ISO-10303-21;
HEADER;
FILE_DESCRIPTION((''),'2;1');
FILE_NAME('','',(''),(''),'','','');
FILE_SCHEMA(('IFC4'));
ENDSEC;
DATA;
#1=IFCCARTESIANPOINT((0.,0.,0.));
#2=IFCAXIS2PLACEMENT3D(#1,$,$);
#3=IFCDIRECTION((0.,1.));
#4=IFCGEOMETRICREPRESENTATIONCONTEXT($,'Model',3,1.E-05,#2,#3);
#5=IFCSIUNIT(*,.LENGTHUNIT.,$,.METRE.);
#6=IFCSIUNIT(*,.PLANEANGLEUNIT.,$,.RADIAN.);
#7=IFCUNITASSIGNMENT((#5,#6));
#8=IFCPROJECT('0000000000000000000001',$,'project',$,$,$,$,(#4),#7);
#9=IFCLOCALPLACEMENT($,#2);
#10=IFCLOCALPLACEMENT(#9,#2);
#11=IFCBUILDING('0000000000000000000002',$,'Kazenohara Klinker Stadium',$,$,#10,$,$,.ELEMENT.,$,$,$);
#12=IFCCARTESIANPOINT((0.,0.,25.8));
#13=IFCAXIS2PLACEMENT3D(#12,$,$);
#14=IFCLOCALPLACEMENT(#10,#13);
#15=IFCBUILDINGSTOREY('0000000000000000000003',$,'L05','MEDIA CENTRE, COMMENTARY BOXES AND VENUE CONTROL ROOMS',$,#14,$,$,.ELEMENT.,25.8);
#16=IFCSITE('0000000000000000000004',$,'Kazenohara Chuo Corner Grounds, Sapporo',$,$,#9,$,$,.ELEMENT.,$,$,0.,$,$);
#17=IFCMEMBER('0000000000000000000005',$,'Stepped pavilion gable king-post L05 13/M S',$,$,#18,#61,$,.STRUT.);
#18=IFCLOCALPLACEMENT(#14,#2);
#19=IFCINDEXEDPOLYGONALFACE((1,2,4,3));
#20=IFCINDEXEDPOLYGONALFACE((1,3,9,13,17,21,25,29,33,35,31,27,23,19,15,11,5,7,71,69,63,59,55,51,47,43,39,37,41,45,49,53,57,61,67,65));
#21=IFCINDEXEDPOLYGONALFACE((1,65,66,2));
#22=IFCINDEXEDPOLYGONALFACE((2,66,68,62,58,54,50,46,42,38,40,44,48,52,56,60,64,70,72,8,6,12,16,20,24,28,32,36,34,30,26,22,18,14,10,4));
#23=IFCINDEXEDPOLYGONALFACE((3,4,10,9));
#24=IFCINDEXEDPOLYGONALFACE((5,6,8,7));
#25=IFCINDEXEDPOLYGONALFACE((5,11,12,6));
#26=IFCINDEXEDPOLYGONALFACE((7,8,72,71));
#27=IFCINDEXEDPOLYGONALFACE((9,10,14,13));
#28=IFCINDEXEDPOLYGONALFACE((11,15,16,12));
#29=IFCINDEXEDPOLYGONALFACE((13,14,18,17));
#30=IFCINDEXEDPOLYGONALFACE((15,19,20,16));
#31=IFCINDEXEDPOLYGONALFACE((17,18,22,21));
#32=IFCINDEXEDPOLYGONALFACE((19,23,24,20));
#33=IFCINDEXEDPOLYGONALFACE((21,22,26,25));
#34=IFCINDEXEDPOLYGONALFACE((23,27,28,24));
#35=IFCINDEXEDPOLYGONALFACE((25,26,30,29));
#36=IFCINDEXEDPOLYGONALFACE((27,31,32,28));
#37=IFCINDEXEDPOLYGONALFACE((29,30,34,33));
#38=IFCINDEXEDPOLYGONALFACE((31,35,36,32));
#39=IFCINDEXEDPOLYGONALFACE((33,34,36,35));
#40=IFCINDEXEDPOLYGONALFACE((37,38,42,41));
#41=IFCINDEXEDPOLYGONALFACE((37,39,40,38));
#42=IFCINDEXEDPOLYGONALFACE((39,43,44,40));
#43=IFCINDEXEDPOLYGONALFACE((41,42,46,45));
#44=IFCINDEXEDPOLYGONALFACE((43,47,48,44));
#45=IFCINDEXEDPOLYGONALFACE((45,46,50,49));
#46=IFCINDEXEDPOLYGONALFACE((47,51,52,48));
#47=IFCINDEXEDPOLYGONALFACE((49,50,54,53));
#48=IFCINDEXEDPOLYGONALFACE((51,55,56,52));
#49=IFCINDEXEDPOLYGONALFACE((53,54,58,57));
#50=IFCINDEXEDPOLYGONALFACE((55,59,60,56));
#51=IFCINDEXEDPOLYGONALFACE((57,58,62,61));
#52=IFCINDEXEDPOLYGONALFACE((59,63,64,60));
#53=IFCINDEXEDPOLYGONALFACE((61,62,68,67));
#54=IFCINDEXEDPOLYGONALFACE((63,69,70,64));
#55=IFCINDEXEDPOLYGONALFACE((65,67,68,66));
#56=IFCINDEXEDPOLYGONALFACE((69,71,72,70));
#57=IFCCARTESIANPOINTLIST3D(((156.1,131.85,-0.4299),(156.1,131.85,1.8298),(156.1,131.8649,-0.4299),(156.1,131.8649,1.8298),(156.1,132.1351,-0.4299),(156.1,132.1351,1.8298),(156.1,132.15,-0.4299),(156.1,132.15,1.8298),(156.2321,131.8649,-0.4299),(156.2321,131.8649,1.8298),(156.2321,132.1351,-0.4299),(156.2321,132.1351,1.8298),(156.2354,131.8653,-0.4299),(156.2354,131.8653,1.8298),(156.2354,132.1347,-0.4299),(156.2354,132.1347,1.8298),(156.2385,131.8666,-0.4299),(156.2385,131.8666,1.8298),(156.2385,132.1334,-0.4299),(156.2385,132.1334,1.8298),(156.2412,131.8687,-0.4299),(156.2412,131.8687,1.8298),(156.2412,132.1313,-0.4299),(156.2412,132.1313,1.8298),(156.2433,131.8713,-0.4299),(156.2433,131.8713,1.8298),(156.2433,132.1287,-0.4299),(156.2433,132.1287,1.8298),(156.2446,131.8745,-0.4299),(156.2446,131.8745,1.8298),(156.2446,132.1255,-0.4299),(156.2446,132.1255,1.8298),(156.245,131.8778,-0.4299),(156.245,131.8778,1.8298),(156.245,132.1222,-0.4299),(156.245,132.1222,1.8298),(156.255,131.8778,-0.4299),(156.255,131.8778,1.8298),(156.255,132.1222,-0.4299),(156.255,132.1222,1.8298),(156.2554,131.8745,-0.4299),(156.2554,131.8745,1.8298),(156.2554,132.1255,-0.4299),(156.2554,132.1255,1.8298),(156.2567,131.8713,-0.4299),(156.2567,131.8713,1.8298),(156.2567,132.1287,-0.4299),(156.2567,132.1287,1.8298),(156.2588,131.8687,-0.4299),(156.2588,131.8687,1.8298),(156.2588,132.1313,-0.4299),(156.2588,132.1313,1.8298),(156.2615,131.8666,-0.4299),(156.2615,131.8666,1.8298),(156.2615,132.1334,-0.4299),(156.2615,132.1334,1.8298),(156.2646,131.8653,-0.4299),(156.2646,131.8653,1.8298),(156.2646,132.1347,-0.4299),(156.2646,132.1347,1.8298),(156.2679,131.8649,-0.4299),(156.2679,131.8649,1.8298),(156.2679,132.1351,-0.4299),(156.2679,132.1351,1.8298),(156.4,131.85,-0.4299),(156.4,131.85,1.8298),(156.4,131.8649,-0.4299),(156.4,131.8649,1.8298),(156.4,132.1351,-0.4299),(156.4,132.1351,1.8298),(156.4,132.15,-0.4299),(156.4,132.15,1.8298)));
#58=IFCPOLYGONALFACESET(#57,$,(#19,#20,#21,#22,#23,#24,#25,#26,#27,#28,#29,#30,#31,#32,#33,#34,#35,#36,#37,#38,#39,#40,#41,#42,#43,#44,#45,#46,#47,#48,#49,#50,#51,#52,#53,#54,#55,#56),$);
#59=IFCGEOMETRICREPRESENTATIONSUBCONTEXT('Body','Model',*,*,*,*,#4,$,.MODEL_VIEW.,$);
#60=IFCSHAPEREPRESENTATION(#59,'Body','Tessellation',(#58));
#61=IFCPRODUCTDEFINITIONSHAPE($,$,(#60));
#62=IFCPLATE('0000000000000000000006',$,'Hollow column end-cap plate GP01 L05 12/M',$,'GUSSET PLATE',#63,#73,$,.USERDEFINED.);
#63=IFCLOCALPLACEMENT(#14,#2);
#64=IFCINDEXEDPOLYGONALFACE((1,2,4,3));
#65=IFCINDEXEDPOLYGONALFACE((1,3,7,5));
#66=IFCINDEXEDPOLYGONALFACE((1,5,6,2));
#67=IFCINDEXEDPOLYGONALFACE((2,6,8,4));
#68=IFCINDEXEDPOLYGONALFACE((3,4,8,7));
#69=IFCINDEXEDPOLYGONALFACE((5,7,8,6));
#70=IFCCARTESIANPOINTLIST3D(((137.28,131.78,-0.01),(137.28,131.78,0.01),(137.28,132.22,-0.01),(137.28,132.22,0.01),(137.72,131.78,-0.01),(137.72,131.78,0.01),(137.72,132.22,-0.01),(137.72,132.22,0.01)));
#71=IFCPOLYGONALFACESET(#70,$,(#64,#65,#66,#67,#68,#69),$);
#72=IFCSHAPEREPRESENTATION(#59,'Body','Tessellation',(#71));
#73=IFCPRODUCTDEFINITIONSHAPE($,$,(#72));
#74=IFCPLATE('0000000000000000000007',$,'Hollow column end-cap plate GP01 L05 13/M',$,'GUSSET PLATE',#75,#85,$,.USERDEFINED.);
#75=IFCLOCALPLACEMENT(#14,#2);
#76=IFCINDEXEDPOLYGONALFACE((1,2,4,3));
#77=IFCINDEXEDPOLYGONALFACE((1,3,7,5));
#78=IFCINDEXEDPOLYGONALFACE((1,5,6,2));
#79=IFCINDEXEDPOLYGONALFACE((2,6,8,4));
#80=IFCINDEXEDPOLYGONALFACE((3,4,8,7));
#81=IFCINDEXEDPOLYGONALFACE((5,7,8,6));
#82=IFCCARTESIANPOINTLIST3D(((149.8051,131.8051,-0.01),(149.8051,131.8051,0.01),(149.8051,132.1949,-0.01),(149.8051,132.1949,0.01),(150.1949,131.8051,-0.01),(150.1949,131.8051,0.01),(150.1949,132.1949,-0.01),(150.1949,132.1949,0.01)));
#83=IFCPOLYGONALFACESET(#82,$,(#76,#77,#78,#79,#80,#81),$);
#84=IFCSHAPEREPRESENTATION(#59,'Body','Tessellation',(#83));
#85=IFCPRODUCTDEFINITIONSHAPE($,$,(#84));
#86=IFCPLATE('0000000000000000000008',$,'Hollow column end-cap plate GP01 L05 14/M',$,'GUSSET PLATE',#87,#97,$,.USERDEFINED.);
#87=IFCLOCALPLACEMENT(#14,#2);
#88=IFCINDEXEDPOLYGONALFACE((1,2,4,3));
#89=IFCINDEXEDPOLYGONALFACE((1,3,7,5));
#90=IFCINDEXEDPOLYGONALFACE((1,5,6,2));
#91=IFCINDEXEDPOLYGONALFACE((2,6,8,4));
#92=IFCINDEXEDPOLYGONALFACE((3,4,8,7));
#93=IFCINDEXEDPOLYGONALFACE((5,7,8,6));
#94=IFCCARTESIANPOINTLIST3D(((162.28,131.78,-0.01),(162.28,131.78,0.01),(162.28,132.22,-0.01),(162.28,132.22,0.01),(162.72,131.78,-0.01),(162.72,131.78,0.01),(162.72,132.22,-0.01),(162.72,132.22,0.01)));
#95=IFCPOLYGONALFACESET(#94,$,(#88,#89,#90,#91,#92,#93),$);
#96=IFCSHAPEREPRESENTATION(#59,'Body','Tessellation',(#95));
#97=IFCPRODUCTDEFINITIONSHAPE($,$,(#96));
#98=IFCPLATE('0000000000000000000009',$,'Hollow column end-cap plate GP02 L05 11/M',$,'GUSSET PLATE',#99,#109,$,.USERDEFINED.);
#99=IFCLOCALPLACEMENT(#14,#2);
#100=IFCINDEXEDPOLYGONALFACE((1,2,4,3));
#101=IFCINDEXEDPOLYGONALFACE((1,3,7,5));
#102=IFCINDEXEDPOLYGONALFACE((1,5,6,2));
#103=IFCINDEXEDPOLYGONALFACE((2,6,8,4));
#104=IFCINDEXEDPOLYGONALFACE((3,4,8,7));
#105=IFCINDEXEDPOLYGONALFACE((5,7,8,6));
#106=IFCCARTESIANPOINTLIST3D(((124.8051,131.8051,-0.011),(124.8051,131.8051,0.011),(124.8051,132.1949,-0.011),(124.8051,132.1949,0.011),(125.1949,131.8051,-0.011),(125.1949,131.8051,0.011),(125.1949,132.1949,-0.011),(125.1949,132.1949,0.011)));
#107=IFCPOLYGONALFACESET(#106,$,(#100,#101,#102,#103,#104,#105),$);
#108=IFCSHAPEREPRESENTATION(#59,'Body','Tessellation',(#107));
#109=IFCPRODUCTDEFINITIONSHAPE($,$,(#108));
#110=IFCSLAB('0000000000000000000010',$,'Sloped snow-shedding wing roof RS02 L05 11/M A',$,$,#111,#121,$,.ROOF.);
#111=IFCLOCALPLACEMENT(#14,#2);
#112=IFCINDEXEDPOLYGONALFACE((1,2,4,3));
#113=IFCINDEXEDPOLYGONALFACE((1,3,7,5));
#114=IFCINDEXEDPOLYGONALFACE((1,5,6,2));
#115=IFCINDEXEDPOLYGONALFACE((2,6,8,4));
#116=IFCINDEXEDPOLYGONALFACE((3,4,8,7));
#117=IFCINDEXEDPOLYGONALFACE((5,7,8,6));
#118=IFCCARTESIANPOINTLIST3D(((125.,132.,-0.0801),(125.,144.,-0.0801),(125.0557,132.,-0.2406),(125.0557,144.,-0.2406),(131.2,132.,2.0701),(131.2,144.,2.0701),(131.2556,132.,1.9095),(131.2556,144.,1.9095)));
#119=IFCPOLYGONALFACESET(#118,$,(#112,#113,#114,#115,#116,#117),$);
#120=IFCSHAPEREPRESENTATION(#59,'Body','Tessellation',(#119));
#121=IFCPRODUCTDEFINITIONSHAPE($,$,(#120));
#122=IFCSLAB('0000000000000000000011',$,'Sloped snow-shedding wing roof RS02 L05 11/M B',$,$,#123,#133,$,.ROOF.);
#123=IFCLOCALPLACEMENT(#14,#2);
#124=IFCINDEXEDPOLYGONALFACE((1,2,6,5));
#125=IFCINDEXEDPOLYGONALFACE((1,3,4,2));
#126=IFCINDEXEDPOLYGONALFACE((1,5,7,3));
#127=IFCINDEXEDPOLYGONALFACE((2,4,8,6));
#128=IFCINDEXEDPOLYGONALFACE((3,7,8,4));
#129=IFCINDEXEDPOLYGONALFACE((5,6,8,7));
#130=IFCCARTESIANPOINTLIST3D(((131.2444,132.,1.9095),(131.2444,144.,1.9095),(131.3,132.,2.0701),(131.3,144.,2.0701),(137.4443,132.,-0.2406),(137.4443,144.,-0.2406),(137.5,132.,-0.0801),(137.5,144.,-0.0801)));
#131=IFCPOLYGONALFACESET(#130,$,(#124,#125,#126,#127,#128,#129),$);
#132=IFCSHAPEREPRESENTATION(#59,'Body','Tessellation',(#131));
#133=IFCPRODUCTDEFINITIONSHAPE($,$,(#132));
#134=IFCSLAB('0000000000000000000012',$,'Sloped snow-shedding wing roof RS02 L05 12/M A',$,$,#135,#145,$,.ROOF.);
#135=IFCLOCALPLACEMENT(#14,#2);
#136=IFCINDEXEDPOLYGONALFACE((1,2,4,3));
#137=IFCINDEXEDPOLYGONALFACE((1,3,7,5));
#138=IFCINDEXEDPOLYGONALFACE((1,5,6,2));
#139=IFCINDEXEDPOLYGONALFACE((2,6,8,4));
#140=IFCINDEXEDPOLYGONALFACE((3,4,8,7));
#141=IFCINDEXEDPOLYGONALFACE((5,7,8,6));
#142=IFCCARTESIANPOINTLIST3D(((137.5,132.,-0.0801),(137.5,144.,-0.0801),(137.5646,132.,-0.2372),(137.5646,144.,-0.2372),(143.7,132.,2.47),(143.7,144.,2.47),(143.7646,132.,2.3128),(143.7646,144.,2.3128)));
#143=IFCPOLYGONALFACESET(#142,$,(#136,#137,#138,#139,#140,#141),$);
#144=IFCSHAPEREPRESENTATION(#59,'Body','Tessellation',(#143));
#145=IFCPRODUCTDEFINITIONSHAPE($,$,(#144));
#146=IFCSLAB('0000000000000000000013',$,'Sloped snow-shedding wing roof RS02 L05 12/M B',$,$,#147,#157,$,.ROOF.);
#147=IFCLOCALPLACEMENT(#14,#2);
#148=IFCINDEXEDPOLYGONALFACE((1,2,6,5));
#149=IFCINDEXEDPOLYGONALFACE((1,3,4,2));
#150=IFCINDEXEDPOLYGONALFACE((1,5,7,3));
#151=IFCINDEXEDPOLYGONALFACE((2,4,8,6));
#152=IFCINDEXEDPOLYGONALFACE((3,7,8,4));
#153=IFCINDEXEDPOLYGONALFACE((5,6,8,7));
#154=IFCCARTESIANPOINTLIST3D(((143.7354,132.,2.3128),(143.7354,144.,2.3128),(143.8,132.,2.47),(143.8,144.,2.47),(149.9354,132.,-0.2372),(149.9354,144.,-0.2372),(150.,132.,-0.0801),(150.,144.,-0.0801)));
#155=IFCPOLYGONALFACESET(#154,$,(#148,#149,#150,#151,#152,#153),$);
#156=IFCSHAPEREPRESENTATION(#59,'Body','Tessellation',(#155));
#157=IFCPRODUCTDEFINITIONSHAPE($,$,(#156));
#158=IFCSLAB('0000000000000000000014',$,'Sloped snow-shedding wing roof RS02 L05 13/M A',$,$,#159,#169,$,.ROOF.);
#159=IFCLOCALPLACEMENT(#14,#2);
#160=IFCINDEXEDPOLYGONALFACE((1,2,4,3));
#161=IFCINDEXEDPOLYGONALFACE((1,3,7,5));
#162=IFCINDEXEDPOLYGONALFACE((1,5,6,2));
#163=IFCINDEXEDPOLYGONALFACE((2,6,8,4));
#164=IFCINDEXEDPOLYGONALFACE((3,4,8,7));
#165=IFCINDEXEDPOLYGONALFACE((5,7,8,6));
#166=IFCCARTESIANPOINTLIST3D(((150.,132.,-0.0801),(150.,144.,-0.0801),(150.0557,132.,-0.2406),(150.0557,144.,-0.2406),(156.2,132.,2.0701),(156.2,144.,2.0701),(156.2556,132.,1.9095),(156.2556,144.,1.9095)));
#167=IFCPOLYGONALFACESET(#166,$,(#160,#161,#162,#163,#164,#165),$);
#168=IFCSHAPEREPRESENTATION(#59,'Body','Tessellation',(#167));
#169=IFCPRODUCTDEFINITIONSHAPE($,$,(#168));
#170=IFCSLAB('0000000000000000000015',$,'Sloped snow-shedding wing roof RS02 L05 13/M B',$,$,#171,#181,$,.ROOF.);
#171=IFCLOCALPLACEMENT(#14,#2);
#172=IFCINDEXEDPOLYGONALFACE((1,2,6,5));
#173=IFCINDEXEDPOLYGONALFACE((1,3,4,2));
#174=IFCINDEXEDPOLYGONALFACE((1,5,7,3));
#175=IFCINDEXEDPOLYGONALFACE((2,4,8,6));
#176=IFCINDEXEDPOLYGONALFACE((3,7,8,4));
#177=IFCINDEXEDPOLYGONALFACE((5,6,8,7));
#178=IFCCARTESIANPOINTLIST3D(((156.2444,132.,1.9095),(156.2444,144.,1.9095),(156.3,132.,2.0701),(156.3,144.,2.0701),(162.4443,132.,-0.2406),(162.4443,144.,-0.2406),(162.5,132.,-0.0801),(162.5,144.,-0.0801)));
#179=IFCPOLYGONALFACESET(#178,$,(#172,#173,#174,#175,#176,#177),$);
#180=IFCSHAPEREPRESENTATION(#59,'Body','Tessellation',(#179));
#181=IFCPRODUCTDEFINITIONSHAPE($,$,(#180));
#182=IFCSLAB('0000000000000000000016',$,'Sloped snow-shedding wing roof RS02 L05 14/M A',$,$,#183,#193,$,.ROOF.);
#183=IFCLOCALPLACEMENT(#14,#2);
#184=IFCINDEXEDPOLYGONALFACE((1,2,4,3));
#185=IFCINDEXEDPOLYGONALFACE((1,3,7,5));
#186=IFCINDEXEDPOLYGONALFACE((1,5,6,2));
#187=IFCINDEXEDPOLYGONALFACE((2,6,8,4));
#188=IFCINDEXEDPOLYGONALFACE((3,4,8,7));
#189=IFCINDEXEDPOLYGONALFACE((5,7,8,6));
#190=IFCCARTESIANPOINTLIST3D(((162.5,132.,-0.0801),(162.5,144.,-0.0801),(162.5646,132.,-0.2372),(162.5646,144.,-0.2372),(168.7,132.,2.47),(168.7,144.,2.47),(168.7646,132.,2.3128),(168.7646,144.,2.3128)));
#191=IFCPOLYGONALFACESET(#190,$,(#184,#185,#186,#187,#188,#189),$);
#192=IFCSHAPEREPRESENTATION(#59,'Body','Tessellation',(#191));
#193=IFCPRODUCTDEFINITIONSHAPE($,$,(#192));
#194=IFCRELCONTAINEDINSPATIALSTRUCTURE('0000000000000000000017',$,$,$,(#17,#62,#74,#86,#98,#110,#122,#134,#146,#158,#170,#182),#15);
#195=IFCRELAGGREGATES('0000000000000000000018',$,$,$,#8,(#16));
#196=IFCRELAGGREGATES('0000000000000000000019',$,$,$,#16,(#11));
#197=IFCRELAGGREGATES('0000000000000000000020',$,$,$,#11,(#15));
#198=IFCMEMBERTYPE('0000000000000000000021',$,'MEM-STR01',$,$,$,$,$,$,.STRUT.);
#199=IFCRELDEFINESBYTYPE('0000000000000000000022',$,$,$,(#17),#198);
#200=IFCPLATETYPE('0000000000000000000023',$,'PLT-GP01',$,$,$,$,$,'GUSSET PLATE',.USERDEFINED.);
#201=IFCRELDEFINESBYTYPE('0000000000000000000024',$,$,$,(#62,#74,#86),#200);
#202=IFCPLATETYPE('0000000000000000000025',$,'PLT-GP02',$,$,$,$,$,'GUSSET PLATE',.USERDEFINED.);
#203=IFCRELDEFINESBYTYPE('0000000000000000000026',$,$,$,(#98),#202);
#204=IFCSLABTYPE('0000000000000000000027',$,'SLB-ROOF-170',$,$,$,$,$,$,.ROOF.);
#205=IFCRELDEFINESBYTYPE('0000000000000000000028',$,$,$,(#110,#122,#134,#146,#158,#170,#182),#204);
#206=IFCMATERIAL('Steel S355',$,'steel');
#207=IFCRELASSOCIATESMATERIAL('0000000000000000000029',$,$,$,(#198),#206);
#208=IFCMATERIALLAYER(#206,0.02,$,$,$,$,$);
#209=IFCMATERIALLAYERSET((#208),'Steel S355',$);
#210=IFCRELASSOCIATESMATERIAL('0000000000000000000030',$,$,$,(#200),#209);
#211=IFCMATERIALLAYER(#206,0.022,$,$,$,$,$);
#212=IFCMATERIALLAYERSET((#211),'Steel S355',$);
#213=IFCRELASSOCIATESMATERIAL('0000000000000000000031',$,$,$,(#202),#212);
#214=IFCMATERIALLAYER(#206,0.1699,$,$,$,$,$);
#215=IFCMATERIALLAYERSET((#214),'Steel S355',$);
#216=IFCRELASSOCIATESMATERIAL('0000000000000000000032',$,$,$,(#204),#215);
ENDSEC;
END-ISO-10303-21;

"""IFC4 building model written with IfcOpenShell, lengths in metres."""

from ifc_helpers import new_model, si_unit, direction, frame, origin, origin_2d, place, context, subcontext, project, spatial, polyline, rectangle, i_section, outline, extrude, material, layer, layer_set, material_profile, profile_set, type_object, element, save


model = new_model("IFC4")

# Units and contexts
model_context = context("Model", 3, precision=1e-05, world=origin(), true_north=direction((0.0, 1.0)))
body_context = subcontext(model_context, "Body", "Model", "MODEL_VIEW")
ifc_project = project(units=[si_unit("LENGTHUNIT", "METRE"), si_unit("PLANEANGLEUNIT", "RADIAN")], contexts=[model_context])

# Site, building, storey
site_placement = place(None, origin())
site = spatial("IfcSite", under=ifc_project, at=site_placement, Name="Kazenohara Chuo Corner Grounds, Sapporo", CompositionType="ELEMENT", RefElevation=0.0)
building_placement = place(site_placement, origin())
building = spatial("IfcBuilding", under=site, at=building_placement, Name="Kazenohara Klinker Stadium", CompositionType="ELEMENT")
storey_placement = place(building_placement, frame((0.0, 0.0, 25.8)))
storey = spatial("IfcBuildingStorey", under=building, at=storey_placement, Name="L05", Description="MEDIA CENTRE, COMMENTARY BOXES AND VENUE CONTROL ROOMS", CompositionType="ELEMENT", Elevation=25.8)

# Shared definitions
ifc_material_1 = material(Name="Steel S355", Category="steel")

# Member
ifc_material_profile_1 = material_profile(ifc_material_1, i_section(OverallWidth=0.3, OverallDepth=0.3, WebThickness=0.01, FlangeThickness=0.0149, FilletRadius=0.0129, at=origin_2d()), Name="H-300x300x10x15")
ifc_profile_set_1 = profile_set([ifc_material_profile_1], Name="Steel S355")
member_type_1 = type_object("IfcMemberType", Name="MEM-STR01", PredefinedType="STRUT", material=ifc_profile_set_1)
member_1_placement = place(storey_placement, frame((156.25, 132.0, -0.4299), z_axis=(0.0, 0.0, 1.0), x_axis=(1.0, 0.0, 0.0)))
element("IfcMember", 1, at=member_1_placement, inside=storey, type_object=member_type_1, Name="Stepped pavilion gable king-post L05 13/M S", PredefinedType="STRUT", context=body_context, shape_type="SweptSolid", body=[
    extrude(i_section(OverallWidth=0.3, OverallDepth=0.3, WebThickness=0.01, FlangeThickness=0.0149, FilletRadius=0.0129, at=origin_2d()), origin(), (0.0, 0.0, 1.0), 2.2598),
])

# Plates
ifc_layer_1 = layer(ifc_material_1, 0.02)
ifc_layer_set_1 = layer_set([ifc_layer_1], Name="Steel S355")
plate_type_1 = type_object("IfcPlateType", Name="PLT-GP01", ElementType="GUSSET PLATE", PredefinedType="USERDEFINED", material=ifc_layer_set_1)
plate_1_placement = place(storey_placement, frame((137.5, 132.0, -0.01), z_axis=(0.0, 0.0, 1.0), x_axis=(1.0, 0.0, 0.0)))
element("IfcPlate", 2, at=plate_1_placement, inside=storey, type_object=plate_type_1, Name="Hollow column end-cap plate GP01 L05 12/M", ObjectType="GUSSET PLATE", PredefinedType="USERDEFINED", context=body_context, shape_type="SweptSolid", body=[
    extrude(rectangle(XDim=0.4399, YDim=0.4399, at=origin_2d()), origin(), (0.0, 0.0, 1.0), 0.02),
])
plate_2_placement = place(storey_placement, frame((150.0, 132.0, -0.01), z_axis=(0.0, 0.0, 1.0), x_axis=(1.0, 0.0, 0.0)))
element("IfcPlate", 3, at=plate_2_placement, inside=storey, type_object=plate_type_1, Name="Hollow column end-cap plate GP01 L05 13/M", ObjectType="GUSSET PLATE", PredefinedType="USERDEFINED", context=body_context, shape_type="SweptSolid", body=[
    extrude(rectangle(XDim=0.3899, YDim=0.3899, at=origin_2d()), origin(), (0.0, 0.0, 1.0), 0.02),
])
plate_3_placement = place(storey_placement, frame((162.5, 132.0, -0.01), z_axis=(0.0, 0.0, 1.0), x_axis=(1.0, 0.0, 0.0)))
element("IfcPlate", 4, at=plate_3_placement, inside=storey, type_object=plate_type_1, Name="Hollow column end-cap plate GP01 L05 14/M", ObjectType="GUSSET PLATE", PredefinedType="USERDEFINED", context=body_context, shape_type="SweptSolid", body=[
    extrude(rectangle(XDim=0.4399, YDim=0.4399, at=origin_2d()), origin(), (0.0, 0.0, 1.0), 0.02),
])
ifc_layer_2 = layer(ifc_material_1, 0.022)
ifc_layer_set_2 = layer_set([ifc_layer_2], Name="Steel S355")
plate_type_2 = type_object("IfcPlateType", Name="PLT-GP02", ElementType="GUSSET PLATE", PredefinedType="USERDEFINED", material=ifc_layer_set_2)
plate_4_placement = place(storey_placement, frame((125.0, 132.0, -0.011), z_axis=(0.0, 0.0, 1.0), x_axis=(1.0, 0.0, 0.0)))
element("IfcPlate", 5, at=plate_4_placement, inside=storey, type_object=plate_type_2, Name="Hollow column end-cap plate GP02 L05 11/M", ObjectType="GUSSET PLATE", PredefinedType="USERDEFINED", context=body_context, shape_type="SweptSolid", body=[
    extrude(rectangle(XDim=0.3899, YDim=0.3899, at=origin_2d()), origin(), (0.0, 0.0, 1.0), 0.022),
])

# Slabs
ifc_layer_3 = layer(ifc_material_1, 0.1699)
ifc_layer_set_3 = layer_set([ifc_layer_3], Name="Steel S355")
slab_type = type_object("IfcSlabType", Name="SLB-ROOF-170", PredefinedType="ROOF", material=ifc_layer_set_3)
for number, where, z_axis, x_axis, name in (
    (6, (125.0, 132.0, -0.0801), (-0.327656, 0.0, 0.944797), (0.944797, 0.0, 0.327656), "Sloped snow-shedding wing roof RS02 L05 11/M A"),
    (7, (131.3, 132.0, 2.0701), (0.327656, 0.0, 0.944797), (0.944797, 0.0, -0.327656), "Sloped snow-shedding wing roof RS02 L05 11/M B"),
):
    element("IfcSlab", number, at=place(storey_placement, frame(where, z_axis=z_axis, x_axis=x_axis)), inside=storey, type_object=slab_type, Name=name, PredefinedType="ROOF", context=body_context, shape_type="SweptSolid", body=[
        extrude(outline(polyline([(0.0, 0.0), (6.5622, 0.0), (6.5622, 12.0), (0.0, 12.0), (0.0, 0.0)])), origin(), (0.0, 0.0, -1.0), 0.1699),
    ])
for number, where, z_axis, x_axis, name in (
    (8, (137.5, 132.0, -0.0801), (-0.380383, 0.0, 0.924829), (0.924829, 0.0, 0.380383), "Sloped snow-shedding wing roof RS02 L05 12/M A"),
    (9, (143.8, 132.0, 2.47), (0.380383, 0.0, 0.924829), (0.924829, 0.0, -0.380383), "Sloped snow-shedding wing roof RS02 L05 12/M B"),
):
    element("IfcSlab", number, at=place(storey_placement, frame(where, z_axis=z_axis, x_axis=x_axis)), inside=storey, type_object=slab_type, Name=name, PredefinedType="ROOF", context=body_context, shape_type="SweptSolid", body=[
        extrude(outline(polyline([(0.0, 0.0), (6.7039, 0.0), (6.7039, 12.0), (0.0, 12.0), (0.0, 0.0)])), origin(), (0.0, 0.0, -1.0), 0.1699),
    ])
for number, where, z_axis, x_axis, name in (
    (10, (150.0, 132.0, -0.0801), (-0.327656, 0.0, 0.944797), (0.944797, 0.0, 0.327656), "Sloped snow-shedding wing roof RS02 L05 13/M A"),
    (11, (156.3, 132.0, 2.0701), (0.327656, 0.0, 0.944797), (0.944797, 0.0, -0.327656), "Sloped snow-shedding wing roof RS02 L05 13/M B"),
):
    element("IfcSlab", number, at=place(storey_placement, frame(where, z_axis=z_axis, x_axis=x_axis)), inside=storey, type_object=slab_type, Name=name, PredefinedType="ROOF", context=body_context, shape_type="SweptSolid", body=[
        extrude(outline(polyline([(0.0, 0.0), (6.5622, 0.0), (6.5622, 12.0), (0.0, 12.0), (0.0, 0.0)])), origin(), (0.0, 0.0, -1.0), 0.1699),
    ])
slab_placement = place(storey_placement, frame((162.5, 132.0, -0.0801), z_axis=(-0.380383, 0.0, 0.924829), x_axis=(0.924829, 0.0, 0.380383)))
element("IfcSlab", 12, at=slab_placement, inside=storey, type_object=slab_type, Name="Sloped snow-shedding wing roof RS02 L05 14/M A", PredefinedType="ROOF", context=body_context, shape_type="SweptSolid", body=[
    extrude(outline(polyline([(0.0, 0.0), (6.7039, 0.0), (6.7039, 12.0), (0.0, 12.0), (0.0, 0.0)])), origin(), (0.0, 0.0, -1.0), 0.1699),
])

save(model, "model.ifc")
